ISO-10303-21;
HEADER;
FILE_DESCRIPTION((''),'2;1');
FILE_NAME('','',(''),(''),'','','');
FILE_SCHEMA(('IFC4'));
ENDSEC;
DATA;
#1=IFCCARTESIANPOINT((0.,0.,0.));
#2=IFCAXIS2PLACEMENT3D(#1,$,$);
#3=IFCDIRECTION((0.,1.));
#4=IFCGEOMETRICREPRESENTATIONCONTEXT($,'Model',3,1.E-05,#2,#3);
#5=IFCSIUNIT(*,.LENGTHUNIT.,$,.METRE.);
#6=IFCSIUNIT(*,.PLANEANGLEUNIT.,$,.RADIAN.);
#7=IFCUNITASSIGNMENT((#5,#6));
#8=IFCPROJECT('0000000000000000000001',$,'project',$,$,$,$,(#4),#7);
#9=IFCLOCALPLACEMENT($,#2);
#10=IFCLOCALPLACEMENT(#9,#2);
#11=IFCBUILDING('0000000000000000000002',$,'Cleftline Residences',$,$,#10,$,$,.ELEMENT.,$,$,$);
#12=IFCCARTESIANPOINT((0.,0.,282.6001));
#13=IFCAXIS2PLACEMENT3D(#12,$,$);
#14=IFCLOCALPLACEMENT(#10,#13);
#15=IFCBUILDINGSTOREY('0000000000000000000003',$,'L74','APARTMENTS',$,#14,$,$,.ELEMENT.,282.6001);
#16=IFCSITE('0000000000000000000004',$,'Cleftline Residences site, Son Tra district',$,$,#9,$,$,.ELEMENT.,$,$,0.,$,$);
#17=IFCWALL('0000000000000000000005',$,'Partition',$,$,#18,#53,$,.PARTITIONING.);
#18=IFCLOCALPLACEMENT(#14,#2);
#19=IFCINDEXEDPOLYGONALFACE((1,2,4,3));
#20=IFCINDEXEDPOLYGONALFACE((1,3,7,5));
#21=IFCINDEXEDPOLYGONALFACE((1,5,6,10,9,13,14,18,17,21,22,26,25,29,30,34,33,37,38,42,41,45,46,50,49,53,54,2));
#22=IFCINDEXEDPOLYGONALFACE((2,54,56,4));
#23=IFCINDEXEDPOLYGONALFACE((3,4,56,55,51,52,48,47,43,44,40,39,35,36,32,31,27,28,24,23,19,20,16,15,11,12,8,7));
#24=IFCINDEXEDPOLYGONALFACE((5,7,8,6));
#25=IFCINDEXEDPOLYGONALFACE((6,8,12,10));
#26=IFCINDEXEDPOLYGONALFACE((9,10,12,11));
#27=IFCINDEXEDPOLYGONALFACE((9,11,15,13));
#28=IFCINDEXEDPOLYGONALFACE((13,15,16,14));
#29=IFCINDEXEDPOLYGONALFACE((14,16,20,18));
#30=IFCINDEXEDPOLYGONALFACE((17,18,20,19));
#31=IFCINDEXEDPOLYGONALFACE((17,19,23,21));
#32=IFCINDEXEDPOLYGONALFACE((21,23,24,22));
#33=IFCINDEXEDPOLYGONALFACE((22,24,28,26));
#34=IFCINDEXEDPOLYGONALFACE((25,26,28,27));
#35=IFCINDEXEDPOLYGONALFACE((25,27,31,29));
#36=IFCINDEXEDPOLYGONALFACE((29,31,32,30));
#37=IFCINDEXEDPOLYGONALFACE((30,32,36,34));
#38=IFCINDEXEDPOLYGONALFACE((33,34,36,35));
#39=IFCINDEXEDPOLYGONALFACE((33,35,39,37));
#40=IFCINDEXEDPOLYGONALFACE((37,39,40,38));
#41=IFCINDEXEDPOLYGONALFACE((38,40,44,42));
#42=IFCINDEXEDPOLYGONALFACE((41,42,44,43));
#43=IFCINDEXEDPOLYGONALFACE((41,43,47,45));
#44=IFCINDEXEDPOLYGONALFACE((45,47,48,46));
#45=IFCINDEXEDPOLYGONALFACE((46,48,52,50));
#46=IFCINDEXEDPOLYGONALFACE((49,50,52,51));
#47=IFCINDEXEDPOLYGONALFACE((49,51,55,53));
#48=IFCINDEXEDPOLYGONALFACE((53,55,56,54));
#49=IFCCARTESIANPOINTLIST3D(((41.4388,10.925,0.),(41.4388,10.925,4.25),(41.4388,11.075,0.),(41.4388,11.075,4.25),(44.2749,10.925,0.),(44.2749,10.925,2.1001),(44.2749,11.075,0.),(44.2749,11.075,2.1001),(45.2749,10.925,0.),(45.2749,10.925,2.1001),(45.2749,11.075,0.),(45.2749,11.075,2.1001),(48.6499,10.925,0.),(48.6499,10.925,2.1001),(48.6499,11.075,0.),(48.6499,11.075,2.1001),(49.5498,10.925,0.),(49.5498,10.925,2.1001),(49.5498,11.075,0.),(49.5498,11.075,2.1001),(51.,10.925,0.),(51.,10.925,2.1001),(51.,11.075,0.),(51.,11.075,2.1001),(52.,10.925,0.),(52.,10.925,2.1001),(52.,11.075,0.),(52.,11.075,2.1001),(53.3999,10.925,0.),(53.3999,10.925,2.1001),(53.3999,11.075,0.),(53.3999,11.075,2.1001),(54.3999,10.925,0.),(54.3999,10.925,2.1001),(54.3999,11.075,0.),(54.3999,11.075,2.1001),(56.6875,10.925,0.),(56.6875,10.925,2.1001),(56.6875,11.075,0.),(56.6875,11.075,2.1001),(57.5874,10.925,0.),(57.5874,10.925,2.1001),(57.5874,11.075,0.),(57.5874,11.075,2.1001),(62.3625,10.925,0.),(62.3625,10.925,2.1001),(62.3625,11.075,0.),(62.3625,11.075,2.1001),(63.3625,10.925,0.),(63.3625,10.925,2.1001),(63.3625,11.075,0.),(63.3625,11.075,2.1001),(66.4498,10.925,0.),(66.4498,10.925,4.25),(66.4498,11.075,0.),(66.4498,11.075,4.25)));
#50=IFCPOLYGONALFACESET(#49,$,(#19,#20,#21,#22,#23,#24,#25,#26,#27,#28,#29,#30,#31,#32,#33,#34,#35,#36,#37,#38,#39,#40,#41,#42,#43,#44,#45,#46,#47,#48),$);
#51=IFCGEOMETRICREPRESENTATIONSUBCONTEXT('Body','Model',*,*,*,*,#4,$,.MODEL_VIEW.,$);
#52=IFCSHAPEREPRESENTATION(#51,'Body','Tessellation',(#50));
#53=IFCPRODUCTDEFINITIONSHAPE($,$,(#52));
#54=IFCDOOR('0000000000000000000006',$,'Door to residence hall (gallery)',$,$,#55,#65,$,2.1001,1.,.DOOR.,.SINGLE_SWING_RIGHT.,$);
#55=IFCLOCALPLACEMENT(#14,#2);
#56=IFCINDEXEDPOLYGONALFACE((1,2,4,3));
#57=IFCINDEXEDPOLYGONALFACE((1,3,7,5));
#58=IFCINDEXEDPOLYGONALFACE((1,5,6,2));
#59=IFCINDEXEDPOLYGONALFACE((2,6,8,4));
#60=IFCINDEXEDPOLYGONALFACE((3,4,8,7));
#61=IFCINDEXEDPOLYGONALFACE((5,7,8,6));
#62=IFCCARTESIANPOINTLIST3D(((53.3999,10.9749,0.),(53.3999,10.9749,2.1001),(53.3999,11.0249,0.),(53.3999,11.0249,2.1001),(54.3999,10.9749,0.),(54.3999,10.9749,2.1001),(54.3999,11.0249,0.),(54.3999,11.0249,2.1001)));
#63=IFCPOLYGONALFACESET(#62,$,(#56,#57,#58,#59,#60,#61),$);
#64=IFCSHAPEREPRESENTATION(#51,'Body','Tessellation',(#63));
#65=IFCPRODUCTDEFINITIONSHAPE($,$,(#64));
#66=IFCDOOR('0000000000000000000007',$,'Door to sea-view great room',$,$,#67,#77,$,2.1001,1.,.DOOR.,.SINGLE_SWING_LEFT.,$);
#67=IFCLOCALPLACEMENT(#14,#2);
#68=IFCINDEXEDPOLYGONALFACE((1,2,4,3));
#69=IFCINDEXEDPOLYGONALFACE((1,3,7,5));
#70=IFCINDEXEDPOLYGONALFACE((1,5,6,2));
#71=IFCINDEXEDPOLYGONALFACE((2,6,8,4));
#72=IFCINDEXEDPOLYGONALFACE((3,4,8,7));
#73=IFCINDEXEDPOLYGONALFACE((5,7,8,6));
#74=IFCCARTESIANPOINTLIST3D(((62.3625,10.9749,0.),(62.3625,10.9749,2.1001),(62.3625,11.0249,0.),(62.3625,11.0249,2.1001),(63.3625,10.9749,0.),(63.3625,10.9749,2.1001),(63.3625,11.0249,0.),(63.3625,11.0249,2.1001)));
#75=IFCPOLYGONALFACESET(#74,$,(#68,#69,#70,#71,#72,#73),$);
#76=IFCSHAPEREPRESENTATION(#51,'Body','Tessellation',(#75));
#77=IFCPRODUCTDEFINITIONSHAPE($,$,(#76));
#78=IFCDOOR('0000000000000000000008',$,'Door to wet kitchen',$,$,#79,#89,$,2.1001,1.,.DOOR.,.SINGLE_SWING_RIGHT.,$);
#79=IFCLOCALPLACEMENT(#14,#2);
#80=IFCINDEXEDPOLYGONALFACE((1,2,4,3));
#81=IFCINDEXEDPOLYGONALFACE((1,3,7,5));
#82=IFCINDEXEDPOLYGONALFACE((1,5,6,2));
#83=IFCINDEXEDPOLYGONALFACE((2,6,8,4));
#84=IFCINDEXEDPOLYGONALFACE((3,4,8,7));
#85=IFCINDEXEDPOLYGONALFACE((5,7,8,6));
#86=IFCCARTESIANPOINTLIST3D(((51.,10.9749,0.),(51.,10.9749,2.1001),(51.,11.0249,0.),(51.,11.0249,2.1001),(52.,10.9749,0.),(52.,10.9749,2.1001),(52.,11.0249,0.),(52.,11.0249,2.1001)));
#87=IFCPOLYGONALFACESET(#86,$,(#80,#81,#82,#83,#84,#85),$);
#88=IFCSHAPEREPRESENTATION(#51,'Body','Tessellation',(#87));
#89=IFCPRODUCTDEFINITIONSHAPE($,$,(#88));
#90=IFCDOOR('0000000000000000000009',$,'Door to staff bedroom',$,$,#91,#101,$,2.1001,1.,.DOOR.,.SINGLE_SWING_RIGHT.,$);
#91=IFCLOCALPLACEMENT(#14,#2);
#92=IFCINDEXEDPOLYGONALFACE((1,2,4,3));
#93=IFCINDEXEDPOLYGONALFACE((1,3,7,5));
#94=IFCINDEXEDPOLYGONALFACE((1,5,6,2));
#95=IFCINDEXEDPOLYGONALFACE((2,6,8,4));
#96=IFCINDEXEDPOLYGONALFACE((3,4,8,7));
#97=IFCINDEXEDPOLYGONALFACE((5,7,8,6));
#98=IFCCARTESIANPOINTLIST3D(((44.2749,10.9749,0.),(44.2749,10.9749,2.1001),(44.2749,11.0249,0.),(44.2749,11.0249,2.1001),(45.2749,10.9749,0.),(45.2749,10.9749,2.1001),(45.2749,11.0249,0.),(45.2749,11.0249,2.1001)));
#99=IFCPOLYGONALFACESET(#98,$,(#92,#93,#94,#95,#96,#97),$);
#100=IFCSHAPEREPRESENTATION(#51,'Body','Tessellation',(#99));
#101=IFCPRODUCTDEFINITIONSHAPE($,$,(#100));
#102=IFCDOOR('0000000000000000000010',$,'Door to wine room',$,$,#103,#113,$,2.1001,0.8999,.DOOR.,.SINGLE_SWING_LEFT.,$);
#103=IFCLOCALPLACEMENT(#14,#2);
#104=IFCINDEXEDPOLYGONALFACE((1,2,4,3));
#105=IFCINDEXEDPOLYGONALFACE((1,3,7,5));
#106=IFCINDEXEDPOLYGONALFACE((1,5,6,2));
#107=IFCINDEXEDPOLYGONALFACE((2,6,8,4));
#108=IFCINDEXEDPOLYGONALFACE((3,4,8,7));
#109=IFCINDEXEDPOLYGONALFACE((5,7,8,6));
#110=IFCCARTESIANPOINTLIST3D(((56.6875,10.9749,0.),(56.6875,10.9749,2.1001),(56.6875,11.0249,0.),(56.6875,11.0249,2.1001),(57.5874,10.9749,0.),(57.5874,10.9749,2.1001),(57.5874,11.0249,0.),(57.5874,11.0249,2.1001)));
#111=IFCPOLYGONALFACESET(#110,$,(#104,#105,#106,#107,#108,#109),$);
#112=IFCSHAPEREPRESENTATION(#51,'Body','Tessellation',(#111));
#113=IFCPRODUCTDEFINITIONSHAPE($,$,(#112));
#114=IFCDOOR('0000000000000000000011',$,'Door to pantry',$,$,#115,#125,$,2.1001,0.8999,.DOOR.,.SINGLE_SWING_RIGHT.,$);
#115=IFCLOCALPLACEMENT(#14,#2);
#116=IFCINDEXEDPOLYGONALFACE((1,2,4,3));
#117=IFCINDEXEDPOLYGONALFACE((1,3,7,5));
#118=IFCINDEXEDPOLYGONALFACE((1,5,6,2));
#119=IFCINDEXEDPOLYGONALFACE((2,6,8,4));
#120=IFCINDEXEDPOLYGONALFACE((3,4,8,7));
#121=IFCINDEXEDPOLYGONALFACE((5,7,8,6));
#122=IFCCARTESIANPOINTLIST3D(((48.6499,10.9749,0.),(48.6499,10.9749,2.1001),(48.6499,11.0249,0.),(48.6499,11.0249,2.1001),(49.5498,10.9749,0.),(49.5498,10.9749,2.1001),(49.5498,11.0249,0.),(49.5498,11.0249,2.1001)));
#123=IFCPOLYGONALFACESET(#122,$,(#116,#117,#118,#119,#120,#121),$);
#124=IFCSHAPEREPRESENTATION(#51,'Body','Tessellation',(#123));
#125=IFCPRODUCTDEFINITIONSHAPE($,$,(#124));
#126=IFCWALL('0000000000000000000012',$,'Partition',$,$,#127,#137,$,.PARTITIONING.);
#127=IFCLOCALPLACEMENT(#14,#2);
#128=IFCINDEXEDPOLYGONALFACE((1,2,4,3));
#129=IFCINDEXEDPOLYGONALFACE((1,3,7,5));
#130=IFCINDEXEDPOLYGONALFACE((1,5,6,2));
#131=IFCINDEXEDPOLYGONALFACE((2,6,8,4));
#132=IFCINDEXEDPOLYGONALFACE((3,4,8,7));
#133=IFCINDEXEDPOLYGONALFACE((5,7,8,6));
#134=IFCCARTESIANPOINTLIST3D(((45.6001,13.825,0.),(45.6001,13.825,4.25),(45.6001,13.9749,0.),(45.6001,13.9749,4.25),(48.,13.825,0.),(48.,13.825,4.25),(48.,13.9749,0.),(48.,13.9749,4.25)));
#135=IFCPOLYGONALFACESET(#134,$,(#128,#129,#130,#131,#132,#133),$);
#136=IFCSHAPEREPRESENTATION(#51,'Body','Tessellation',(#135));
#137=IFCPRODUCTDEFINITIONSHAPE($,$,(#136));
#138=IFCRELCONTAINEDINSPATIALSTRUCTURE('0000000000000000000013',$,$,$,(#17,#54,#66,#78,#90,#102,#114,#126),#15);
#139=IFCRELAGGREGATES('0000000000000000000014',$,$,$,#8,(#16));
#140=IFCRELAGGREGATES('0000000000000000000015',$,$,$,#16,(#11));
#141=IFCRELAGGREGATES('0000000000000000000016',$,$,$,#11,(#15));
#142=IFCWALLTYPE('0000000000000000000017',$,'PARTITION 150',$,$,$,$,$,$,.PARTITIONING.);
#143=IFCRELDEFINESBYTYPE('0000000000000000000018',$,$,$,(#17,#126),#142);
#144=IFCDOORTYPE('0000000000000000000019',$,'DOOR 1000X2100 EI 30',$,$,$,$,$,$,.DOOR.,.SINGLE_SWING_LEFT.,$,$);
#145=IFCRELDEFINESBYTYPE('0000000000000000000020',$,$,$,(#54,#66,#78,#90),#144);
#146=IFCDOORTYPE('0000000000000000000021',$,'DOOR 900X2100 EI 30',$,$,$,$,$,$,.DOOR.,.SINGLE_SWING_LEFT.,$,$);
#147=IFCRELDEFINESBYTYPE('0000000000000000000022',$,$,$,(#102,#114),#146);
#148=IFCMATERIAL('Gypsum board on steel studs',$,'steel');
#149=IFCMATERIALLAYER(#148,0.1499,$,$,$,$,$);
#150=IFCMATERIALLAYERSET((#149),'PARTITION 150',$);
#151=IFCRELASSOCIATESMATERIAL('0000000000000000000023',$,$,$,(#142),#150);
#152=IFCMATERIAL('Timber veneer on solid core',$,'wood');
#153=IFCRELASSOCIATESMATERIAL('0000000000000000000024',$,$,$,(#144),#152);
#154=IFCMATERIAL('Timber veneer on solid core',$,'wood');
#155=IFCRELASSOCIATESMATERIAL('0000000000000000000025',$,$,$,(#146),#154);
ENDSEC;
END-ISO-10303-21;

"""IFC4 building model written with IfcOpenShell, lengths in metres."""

from ifc_helpers import new_model, si_unit, direction, frame, frame_2d, origin, place, context, subcontext, project, spatial, rectangle, extrude, material, layer, layer_set, type_object, element, fill, save


model = new_model("IFC4")

# Units and contexts
model_context = context("Model", 3, precision=1e-05, world=origin(), true_north=direction((0.0, 1.0)))
body_context = subcontext(model_context, "Body", "Model", "MODEL_VIEW")
ifc_project = project(units=[si_unit("LENGTHUNIT", "METRE"), si_unit("PLANEANGLEUNIT", "RADIAN")], contexts=[model_context])

# Site, building, storey
site_placement = place(None, origin())
site = spatial("IfcSite", under=ifc_project, at=site_placement, Name="Cleftline Residences site, Son Tra district", CompositionType="ELEMENT", RefElevation=0.0)
building_placement = place(site_placement, origin())
building = spatial("IfcBuilding", under=site, at=building_placement, Name="Cleftline Residences", CompositionType="ELEMENT")
storey_placement = place(building_placement, frame((0.0, 0.0, 282.6001)))
storey = spatial("IfcBuildingStorey", under=building, at=storey_placement, Name="L74", Description="APARTMENTS", CompositionType="ELEMENT", Elevation=282.6001)

# Shared definitions
ifc_material_1 = material(Name="Gypsum board on steel studs", Category="steel")
ifc_layer_1 = layer(ifc_material_1, 0.1499)
ifc_layer_set_1 = layer_set([ifc_layer_1], Name="PARTITION 150")
wall_type_1 = type_object("IfcWallType", Name="PARTITION 150", PredefinedType="PARTITIONING", material=ifc_layer_set_1)

# Wall, openings, doors
wall_1_placement = place(storey_placement, frame((41.439, 11.0, 0.0), z_axis=(0.0, 0.0, 1.0), x_axis=(1.0, 0.0, 0.0)))
wall_1 = element("IfcWall", 1, at=wall_1_placement, inside=storey, type_object=wall_type_1, Name="Partition", PredefinedType="PARTITIONING", context=body_context, shape_type="SweptSolid", body=[
    extrude(rectangle(XDim=25.011, YDim=0.1499, at=frame_2d((12.5054, 0.0))), origin(), (0.0, 0.0, 1.0), 4.25),
])
opening_1_placement = place(wall_1_placement, frame((11.9609, 0.0, 0.0)))
opening_1 = element("IfcOpeningElement", 2, at=opening_1_placement, cuts=wall_1, PredefinedType="OPENING", context=body_context, shape_type="SweptSolid", body=[
    extrude(rectangle(XDim=1.0, YDim=2.1001, at=frame_2d((0.5, 1.05))), frame((0.0, 0.085, 0.0), z_axis=(0.0, -1.0, 0.0), x_axis=(1.0, 0.0, 0.0)), (0.0, 0.0, 1.0), 0.1699),
])
opening_2_placement = place(wall_1_placement, frame((20.9236, 0.0, 0.0)))
opening_2 = element("IfcOpeningElement", 3, at=opening_2_placement, cuts=wall_1, PredefinedType="OPENING", context=body_context, shape_type="SweptSolid", body=[
    extrude(rectangle(XDim=1.0, YDim=2.1001, at=frame_2d((0.5, 1.05))), frame((0.0, 0.085, 0.0), z_axis=(0.0, -1.0, 0.0), x_axis=(1.0, 0.0, 0.0)), (0.0, 0.0, 1.0), 0.1699),
])
opening_3_placement = place(wall_1_placement, frame((15.2485, 0.0, 0.0)))
opening_3 = element("IfcOpeningElement", 4, at=opening_3_placement, cuts=wall_1, PredefinedType="OPENING", context=body_context, shape_type="SweptSolid", body=[
    extrude(rectangle(XDim=0.8999, YDim=2.1001, at=frame_2d((0.45, 1.05))), frame((0.0, 0.085, 0.0), z_axis=(0.0, -1.0, 0.0), x_axis=(1.0, 0.0, 0.0)), (0.0, 0.0, 1.0), 0.1699),
])
opening_4_placement = place(wall_1_placement, frame((9.561, 0.0, 0.0)))
opening_4 = element("IfcOpeningElement", 5, at=opening_4_placement, cuts=wall_1, PredefinedType="OPENING", context=body_context, shape_type="SweptSolid", body=[
    extrude(rectangle(XDim=1.0, YDim=2.1001, at=frame_2d((0.5, 1.05))), frame((0.0, 0.085, 0.0), z_axis=(0.0, -1.0, 0.0), x_axis=(1.0, 0.0, 0.0)), (0.0, 0.0, 1.0), 0.1699),
])
opening_5_placement = place(wall_1_placement, frame((7.2109, 0.0, 0.0)))
opening_5 = element("IfcOpeningElement", 6, at=opening_5_placement, cuts=wall_1, PredefinedType="OPENING", context=body_context, shape_type="SweptSolid", body=[
    extrude(rectangle(XDim=0.8999, YDim=2.1001, at=frame_2d((0.45, 1.05))), frame((0.0, 0.085, 0.0), z_axis=(0.0, -1.0, 0.0), x_axis=(1.0, 0.0, 0.0)), (0.0, 0.0, 1.0), 0.1699),
])
opening_6_placement = place(wall_1_placement, frame((2.8359, 0.0, 0.0)))
opening_6 = element("IfcOpeningElement", 7, at=opening_6_placement, cuts=wall_1, PredefinedType="OPENING", context=body_context, shape_type="SweptSolid", body=[
    extrude(rectangle(XDim=1.0, YDim=2.1001, at=frame_2d((0.5, 1.05))), frame((0.0, 0.085, 0.0), z_axis=(0.0, -1.0, 0.0), x_axis=(1.0, 0.0, 0.0)), (0.0, 0.0, 1.0), 0.1699),
])
ifc_material_2 = material(Name="Timber veneer on solid core", Category="wood")
door_type_1 = type_object("IfcDoorType", Name="DOOR 1000X2100 EI 30", OperationType="SINGLE_SWING_LEFT", PredefinedType="DOOR", material=ifc_material_2)
door_1_placement = place(opening_1_placement, origin())
door_1 = element("IfcDoor", 8, at=door_1_placement, inside=storey, type_object=door_type_1, Name="Door to residence hall (gallery)", OperationType="SINGLE_SWING_RIGHT", OverallHeight=2.1001, OverallWidth=1.0, PredefinedType="DOOR", context=body_context, shape_type="SweptSolid", body=[
    extrude(rectangle(XDim=1.0, YDim=2.1001, at=frame_2d((0.5, 1.05))), frame((0.0, 0.0249, 0.0), z_axis=(0.0, -1.0, 0.0), x_axis=(1.0, 0.0, 0.0)), (0.0, 0.0, 1.0), 0.05),
])
fill(opening_1, door_1)
door_2_placement = place(opening_2_placement, origin())
door_2 = element("IfcDoor", 9, at=door_2_placement, inside=storey, type_object=door_type_1, Name="Door to sea-view great room", OperationType="SINGLE_SWING_LEFT", OverallHeight=2.1001, OverallWidth=1.0, PredefinedType="DOOR", context=body_context, shape_type="SweptSolid", body=[
    extrude(rectangle(XDim=1.0, YDim=2.1001, at=frame_2d((0.5, 1.05))), frame((0.0, 0.0249, 0.0), z_axis=(0.0, -1.0, 0.0), x_axis=(1.0, 0.0, 0.0)), (0.0, 0.0, 1.0), 0.05),
])
fill(opening_2, door_2)
door_3_placement = place(opening_4_placement, origin())
door_3 = element("IfcDoor", 10, at=door_3_placement, inside=storey, type_object=door_type_1, Name="Door to wet kitchen", OperationType="SINGLE_SWING_RIGHT", OverallHeight=2.1001, OverallWidth=1.0, PredefinedType="DOOR", context=body_context, shape_type="SweptSolid", body=[
    extrude(rectangle(XDim=1.0, YDim=2.1001, at=frame_2d((0.5, 1.05))), frame((0.0, 0.0249, 0.0), z_axis=(0.0, -1.0, 0.0), x_axis=(1.0, 0.0, 0.0)), (0.0, 0.0, 1.0), 0.05),
])
fill(opening_4, door_3)
door_4_placement = place(opening_6_placement, origin())
door_4 = element("IfcDoor", 11, at=door_4_placement, inside=storey, type_object=door_type_1, Name="Door to staff bedroom", OperationType="SINGLE_SWING_RIGHT", OverallHeight=2.1001, OverallWidth=1.0, PredefinedType="DOOR", context=body_context, shape_type="SweptSolid", body=[
    extrude(rectangle(XDim=1.0, YDim=2.1001, at=frame_2d((0.5, 1.05))), frame((0.0, 0.0249, 0.0), z_axis=(0.0, -1.0, 0.0), x_axis=(1.0, 0.0, 0.0)), (0.0, 0.0, 1.0), 0.05),
])
fill(opening_6, door_4)
ifc_material_3 = material(Name="Timber veneer on solid core", Category="wood")
door_type_2 = type_object("IfcDoorType", Name="DOOR 900X2100 EI 30", OperationType="SINGLE_SWING_LEFT", PredefinedType="DOOR", material=ifc_material_3)
door_5_placement = place(opening_3_placement, origin())
door_5 = element("IfcDoor", 12, at=door_5_placement, inside=storey, type_object=door_type_2, Name="Door to wine room", OperationType="SINGLE_SWING_LEFT", OverallHeight=2.1001, OverallWidth=0.8999, PredefinedType="DOOR", context=body_context, shape_type="SweptSolid", body=[
    extrude(rectangle(XDim=0.8999, YDim=2.1001, at=frame_2d((0.45, 1.05))), frame((0.0, 0.0249, 0.0), z_axis=(0.0, -1.0, 0.0), x_axis=(1.0, 0.0, 0.0)), (0.0, 0.0, 1.0), 0.05),
])
fill(opening_3, door_5)
door_6_placement = place(opening_5_placement, origin())
door_6 = element("IfcDoor", 13, at=door_6_placement, inside=storey, type_object=door_type_2, Name="Door to pantry", OperationType="SINGLE_SWING_RIGHT", OverallHeight=2.1001, OverallWidth=0.8999, PredefinedType="DOOR", context=body_context, shape_type="SweptSolid", body=[
    extrude(rectangle(XDim=0.8999, YDim=2.1001, at=frame_2d((0.45, 1.05))), frame((0.0, 0.0249, 0.0), z_axis=(0.0, -1.0, 0.0), x_axis=(1.0, 0.0, 0.0)), (0.0, 0.0, 1.0), 0.05),
])
fill(opening_5, door_6)

# Wall
wall_2_placement = place(storey_placement, frame((45.6001, 13.8999, 0.0), z_axis=(0.0, 0.0, 1.0), x_axis=(1.0, 0.0, 0.0)))
element("IfcWall", 14, at=wall_2_placement, inside=storey, type_object=wall_type_1, Name="Partition", PredefinedType="PARTITIONING", context=body_context, shape_type="SweptSolid", body=[
    extrude(rectangle(XDim=2.3999, YDim=0.1499, at=frame_2d((1.2, 0.0))), origin(), (0.0, 0.0, 1.0), 4.25),
])

save(model, "model.ifc")
